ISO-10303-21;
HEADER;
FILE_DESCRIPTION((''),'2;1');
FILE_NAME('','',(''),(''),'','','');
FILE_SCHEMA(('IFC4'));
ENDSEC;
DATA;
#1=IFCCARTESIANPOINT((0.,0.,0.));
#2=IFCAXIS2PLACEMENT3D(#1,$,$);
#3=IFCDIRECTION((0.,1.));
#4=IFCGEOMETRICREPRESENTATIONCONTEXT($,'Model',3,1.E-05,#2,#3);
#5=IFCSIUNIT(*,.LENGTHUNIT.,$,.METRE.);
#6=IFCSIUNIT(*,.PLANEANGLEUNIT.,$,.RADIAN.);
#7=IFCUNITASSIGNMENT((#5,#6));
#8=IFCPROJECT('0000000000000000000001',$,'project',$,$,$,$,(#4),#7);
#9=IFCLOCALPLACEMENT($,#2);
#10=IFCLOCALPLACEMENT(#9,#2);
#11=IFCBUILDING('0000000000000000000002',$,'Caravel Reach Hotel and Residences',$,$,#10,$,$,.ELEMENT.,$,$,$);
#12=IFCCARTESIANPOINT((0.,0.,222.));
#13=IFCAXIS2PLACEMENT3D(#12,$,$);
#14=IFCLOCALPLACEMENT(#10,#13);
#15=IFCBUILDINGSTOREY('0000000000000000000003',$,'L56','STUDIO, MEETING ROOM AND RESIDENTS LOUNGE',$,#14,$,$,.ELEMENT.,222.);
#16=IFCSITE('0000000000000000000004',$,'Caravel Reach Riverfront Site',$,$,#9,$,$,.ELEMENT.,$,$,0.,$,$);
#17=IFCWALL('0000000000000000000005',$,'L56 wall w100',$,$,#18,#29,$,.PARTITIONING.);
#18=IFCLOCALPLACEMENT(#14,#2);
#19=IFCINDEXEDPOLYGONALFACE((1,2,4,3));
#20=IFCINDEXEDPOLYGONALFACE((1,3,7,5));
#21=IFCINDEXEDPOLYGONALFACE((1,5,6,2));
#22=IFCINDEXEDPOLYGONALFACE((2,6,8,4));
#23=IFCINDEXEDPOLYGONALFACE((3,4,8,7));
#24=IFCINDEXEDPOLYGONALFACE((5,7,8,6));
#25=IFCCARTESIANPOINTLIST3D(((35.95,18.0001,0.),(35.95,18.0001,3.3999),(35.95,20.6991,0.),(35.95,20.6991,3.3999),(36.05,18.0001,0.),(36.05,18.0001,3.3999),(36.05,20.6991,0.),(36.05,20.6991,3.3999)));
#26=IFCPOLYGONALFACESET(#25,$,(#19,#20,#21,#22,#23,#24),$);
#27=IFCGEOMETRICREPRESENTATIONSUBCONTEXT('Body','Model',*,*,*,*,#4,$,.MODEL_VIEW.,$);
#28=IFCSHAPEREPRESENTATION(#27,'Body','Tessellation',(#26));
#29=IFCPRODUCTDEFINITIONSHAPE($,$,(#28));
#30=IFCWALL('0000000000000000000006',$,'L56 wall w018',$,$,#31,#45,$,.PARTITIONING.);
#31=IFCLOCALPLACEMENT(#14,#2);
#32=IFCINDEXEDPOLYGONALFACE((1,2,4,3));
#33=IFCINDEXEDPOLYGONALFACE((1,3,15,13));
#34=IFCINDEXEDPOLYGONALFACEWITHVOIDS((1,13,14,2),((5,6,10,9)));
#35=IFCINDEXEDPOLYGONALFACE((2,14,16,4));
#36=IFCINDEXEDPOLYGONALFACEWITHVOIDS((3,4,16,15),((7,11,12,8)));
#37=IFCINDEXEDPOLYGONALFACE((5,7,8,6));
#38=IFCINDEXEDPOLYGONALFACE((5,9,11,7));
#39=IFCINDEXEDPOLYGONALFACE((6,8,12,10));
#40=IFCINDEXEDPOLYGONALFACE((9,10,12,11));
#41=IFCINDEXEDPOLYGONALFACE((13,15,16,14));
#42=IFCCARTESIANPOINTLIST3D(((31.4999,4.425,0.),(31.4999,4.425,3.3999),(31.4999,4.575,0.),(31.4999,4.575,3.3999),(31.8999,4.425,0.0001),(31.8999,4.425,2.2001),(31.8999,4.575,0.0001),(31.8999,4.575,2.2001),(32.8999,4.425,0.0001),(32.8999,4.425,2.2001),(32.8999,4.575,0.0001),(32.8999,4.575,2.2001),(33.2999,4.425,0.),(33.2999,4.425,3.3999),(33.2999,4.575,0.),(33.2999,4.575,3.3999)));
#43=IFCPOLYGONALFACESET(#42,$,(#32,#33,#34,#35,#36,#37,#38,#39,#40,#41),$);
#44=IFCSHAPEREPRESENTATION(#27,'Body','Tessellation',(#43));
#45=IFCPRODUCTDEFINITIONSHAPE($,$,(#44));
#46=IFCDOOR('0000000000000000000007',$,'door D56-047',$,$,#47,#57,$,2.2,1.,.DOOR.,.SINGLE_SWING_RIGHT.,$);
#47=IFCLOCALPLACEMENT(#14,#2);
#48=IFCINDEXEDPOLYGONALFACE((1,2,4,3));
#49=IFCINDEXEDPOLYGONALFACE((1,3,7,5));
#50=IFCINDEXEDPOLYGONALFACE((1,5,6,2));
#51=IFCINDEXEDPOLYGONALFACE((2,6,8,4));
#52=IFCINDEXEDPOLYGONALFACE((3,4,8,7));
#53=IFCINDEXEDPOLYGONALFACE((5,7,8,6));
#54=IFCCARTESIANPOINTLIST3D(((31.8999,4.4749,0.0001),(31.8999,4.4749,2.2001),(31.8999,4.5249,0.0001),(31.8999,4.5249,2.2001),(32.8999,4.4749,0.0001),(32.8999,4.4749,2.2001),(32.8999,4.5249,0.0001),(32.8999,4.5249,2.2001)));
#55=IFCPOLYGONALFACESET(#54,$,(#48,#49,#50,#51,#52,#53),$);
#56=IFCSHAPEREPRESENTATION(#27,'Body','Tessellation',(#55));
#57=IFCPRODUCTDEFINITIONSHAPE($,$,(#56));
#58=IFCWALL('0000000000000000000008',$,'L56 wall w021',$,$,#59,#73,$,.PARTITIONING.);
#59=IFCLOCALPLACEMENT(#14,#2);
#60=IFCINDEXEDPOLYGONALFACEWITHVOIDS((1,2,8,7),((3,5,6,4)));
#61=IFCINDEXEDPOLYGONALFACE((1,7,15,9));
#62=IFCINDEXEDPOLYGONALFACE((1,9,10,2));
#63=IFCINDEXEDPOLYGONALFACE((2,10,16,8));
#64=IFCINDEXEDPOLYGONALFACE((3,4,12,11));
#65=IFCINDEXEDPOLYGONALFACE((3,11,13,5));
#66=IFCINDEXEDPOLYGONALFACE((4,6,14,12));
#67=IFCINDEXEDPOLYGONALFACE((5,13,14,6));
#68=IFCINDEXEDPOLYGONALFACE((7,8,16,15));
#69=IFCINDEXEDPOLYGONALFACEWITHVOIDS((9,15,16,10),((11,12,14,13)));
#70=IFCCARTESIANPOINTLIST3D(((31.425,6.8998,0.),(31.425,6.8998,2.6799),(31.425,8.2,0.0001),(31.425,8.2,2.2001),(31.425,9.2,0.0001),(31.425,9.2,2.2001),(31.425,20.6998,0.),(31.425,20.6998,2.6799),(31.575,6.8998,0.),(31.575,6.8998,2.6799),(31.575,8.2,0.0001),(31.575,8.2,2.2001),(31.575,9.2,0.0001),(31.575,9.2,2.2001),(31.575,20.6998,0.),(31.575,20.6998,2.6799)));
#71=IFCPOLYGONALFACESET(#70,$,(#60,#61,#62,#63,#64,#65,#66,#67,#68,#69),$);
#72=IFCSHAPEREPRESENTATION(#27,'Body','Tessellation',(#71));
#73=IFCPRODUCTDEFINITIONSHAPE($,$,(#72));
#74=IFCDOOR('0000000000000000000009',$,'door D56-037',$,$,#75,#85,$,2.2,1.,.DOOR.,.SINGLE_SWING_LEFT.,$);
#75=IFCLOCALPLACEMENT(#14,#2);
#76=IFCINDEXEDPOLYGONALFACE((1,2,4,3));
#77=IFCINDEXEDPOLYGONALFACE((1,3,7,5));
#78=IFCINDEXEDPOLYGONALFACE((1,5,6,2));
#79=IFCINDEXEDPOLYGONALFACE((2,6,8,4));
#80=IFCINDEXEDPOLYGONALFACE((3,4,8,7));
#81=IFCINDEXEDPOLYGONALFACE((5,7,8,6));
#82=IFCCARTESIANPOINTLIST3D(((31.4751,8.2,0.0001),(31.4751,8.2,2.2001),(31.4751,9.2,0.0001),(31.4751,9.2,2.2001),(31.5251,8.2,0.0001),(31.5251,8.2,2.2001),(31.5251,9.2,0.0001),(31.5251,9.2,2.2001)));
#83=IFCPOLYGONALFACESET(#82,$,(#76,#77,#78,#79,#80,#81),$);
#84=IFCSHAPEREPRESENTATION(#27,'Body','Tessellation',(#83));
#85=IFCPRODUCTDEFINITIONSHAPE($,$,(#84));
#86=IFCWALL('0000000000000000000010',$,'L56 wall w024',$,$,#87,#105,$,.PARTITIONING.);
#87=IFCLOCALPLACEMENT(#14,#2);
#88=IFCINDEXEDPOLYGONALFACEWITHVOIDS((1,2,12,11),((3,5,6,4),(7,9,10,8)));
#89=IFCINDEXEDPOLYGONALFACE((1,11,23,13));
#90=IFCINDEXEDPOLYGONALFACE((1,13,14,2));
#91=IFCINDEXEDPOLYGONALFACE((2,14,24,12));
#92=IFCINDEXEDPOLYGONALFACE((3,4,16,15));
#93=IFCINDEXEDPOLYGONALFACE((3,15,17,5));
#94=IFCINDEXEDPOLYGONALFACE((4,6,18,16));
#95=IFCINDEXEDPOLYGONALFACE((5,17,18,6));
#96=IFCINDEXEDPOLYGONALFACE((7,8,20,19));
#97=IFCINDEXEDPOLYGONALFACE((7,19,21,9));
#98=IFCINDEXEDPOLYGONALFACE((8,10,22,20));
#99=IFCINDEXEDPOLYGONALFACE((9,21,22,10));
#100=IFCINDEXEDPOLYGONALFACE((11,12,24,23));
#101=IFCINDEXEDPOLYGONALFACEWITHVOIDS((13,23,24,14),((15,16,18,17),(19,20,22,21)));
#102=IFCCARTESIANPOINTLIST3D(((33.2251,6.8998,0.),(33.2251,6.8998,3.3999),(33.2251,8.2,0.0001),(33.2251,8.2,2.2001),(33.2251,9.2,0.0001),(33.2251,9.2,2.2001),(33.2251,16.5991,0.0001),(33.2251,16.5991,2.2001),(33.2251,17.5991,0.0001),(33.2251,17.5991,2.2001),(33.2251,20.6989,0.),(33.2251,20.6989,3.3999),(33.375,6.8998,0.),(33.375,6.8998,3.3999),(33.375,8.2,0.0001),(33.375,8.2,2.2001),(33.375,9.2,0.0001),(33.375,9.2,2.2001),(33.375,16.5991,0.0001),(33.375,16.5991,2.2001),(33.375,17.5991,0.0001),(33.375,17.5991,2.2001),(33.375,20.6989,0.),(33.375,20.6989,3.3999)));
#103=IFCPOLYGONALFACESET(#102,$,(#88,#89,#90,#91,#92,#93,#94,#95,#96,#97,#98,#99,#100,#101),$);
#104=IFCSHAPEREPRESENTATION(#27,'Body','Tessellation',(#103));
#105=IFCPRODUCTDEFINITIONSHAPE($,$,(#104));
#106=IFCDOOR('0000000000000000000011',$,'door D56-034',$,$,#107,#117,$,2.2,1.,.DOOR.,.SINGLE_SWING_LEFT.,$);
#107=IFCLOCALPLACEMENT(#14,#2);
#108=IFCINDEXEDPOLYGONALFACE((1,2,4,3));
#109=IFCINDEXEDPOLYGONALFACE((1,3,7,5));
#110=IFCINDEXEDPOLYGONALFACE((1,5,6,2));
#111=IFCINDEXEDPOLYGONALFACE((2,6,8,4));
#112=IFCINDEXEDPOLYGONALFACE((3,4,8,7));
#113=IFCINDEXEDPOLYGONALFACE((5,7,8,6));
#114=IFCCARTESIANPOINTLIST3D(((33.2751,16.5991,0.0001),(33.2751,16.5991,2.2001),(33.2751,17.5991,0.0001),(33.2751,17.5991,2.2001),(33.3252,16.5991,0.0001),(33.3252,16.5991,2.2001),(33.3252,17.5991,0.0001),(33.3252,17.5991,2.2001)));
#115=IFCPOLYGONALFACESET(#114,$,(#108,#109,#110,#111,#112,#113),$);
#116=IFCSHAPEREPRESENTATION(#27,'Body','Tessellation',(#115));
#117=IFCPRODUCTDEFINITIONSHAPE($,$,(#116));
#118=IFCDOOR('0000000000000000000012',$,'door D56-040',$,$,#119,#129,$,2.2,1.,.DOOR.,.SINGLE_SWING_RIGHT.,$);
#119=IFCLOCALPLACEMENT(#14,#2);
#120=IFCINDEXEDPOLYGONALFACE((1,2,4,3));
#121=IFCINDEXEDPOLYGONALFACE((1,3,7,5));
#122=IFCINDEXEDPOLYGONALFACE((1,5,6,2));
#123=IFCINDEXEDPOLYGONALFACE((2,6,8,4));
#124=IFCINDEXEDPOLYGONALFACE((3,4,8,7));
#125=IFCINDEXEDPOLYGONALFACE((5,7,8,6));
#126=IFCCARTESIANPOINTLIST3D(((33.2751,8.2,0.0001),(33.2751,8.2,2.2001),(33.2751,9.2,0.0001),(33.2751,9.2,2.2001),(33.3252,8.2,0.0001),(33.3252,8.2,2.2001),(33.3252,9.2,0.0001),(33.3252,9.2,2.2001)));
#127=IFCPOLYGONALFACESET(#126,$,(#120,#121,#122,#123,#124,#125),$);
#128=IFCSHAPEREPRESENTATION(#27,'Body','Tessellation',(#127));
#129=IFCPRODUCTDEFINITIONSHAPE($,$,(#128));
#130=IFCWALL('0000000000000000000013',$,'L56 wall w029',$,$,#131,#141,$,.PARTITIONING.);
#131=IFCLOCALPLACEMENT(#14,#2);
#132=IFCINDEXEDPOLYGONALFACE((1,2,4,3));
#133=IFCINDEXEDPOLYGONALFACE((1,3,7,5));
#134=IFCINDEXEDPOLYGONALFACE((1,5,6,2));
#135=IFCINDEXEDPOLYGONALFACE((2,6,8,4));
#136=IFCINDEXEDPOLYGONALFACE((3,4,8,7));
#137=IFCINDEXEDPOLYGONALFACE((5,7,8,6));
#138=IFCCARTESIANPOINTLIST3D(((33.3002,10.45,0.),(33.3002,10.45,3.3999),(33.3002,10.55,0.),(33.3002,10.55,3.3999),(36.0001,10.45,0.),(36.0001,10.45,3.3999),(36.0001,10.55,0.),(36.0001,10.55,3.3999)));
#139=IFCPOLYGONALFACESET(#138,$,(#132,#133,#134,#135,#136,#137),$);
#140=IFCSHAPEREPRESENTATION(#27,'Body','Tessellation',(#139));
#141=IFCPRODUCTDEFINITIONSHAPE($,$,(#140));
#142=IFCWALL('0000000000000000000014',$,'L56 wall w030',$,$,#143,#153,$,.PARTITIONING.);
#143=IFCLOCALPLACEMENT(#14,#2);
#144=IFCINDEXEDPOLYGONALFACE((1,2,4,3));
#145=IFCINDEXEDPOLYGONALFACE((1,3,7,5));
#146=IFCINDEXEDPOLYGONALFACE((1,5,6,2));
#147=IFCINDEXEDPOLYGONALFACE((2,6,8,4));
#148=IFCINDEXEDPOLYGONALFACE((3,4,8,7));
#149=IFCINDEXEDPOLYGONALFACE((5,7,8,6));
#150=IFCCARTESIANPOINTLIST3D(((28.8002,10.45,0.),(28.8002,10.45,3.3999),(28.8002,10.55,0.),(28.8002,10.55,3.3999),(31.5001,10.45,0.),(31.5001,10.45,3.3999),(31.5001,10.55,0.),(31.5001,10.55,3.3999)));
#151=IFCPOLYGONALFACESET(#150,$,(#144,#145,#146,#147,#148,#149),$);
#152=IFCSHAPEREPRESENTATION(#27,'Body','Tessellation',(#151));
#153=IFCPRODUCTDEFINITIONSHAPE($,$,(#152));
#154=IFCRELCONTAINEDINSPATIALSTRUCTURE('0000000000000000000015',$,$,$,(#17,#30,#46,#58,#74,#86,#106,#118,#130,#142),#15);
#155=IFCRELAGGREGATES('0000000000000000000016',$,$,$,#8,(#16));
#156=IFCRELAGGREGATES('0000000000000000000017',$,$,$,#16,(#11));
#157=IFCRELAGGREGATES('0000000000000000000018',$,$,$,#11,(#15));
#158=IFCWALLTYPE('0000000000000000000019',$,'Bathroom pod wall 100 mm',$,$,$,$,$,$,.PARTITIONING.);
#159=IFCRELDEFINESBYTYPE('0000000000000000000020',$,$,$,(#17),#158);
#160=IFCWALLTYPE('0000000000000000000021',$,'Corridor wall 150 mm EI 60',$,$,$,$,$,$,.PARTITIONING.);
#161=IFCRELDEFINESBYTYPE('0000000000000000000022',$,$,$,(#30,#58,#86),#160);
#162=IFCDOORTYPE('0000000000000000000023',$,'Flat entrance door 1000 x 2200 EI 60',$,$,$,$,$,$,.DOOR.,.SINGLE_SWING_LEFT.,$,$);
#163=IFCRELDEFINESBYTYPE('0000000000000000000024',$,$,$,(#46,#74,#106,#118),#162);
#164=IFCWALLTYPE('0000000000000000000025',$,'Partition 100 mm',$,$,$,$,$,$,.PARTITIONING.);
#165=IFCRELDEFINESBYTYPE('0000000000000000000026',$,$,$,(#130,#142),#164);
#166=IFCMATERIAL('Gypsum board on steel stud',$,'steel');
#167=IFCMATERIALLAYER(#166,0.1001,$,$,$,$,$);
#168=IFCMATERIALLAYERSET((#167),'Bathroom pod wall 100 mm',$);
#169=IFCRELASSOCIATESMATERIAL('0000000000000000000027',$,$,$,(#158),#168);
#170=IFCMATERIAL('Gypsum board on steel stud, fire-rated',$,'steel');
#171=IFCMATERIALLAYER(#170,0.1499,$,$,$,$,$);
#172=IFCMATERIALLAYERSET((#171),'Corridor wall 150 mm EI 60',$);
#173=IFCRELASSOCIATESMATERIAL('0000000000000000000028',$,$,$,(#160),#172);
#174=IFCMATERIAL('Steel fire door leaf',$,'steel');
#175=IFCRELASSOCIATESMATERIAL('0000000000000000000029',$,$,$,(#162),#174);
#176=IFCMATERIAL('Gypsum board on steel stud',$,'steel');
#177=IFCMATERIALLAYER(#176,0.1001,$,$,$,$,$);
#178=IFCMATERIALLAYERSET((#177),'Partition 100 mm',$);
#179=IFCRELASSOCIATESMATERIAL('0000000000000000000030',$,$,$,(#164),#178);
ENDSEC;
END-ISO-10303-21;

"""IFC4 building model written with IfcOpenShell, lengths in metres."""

from ifc_helpers import new_model, si_unit, direction, frame, frame_2d, origin, place, context, subcontext, project, spatial, rectangle, extrude, material, layer, layer_set, type_object, element, fill, save


model = new_model("IFC4")

# Units and contexts
model_context = context("Model", 3, precision=1e-05, world=origin(), true_north=direction((0.0, 1.0)))
body_context = subcontext(model_context, "Body", "Model", "MODEL_VIEW")
ifc_project = project(units=[si_unit("LENGTHUNIT", "METRE"), si_unit("PLANEANGLEUNIT", "RADIAN")], contexts=[model_context])

# Site, building, storey
site_placement = place(None, origin())
site = spatial("IfcSite", under=ifc_project, at=site_placement, Name="Caravel Reach Riverfront Site", CompositionType="ELEMENT", RefElevation=0.0)
building_placement = place(site_placement, origin())
building = spatial("IfcBuilding", under=site, at=building_placement, Name="Caravel Reach Hotel and Residences", CompositionType="ELEMENT")
storey_placement = place(building_placement, frame((0.0, 0.0, 222.0)))
storey = spatial("IfcBuildingStorey", under=building, at=storey_placement, Name="L56", Description="STUDIO, MEETING ROOM AND RESIDENTS LOUNGE", CompositionType="ELEMENT", Elevation=222.0)

# Shared definitions
ifc_material_1 = material(Name="Gypsum board on steel stud", Category="steel")
ifc_layer_1 = layer(ifc_material_1, 0.1001)
ifc_layer_set_1 = layer_set([ifc_layer_1], Name="Bathroom pod wall 100 mm")
wall_type_1 = type_object("IfcWallType", Name="Bathroom pod wall 100 mm", PredefinedType="PARTITIONING", material=ifc_layer_set_1)

# Wall
wall_1_placement = place(storey_placement, frame((36.0, 18.0, 0.0), z_axis=(0.0, 0.0, 1.0), x_axis=(0.0, 1.0, 0.0)))
element("IfcWall", 1, at=wall_1_placement, inside=storey, type_object=wall_type_1, Name="L56 wall w100", PredefinedType="PARTITIONING", context=body_context, shape_type="SweptSolid", body=[
    extrude(rectangle(XDim=2.699, YDim=0.1001, at=frame_2d((1.3496, 0.0))), origin(), (0.0, 0.0, 1.0), 3.3999),
])

# Walls, openings, doors
ifc_material_2 = material(Name="Gypsum board on steel stud, fire-rated", Category="steel")
ifc_layer_2 = layer(ifc_material_2, 0.1499)
ifc_layer_set_2 = layer_set([ifc_layer_2], Name="Corridor wall 150 mm EI 60")
wall_type_2 = type_object("IfcWallType", Name="Corridor wall 150 mm EI 60", PredefinedType="PARTITIONING", material=ifc_layer_set_2)
wall_2_placement = place(storey_placement, frame((31.5, 4.5, 0.0), z_axis=(0.0, 0.0, 1.0), x_axis=(1.0, 0.0, 0.0)))
wall_2 = element("IfcWall", 2, at=wall_2_placement, inside=storey, type_object=wall_type_2, Name="L56 wall w018", PredefinedType="PARTITIONING", context=body_context, shape_type="SweptSolid", body=[
    extrude(rectangle(XDim=1.8, YDim=0.1499, at=frame_2d((0.8999, 0.0))), origin(), (0.0, 0.0, 1.0), 3.3999),
])
opening_1_placement = place(wall_2_placement, frame((0.3999, 0.0, 0.0)))
opening_1 = element("IfcOpeningElement", 3, at=opening_1_placement, cuts=wall_2, PredefinedType="OPENING", context=body_context, shape_type="SweptSolid", body=[
    extrude(rectangle(XDim=1.0, YDim=2.2, at=frame_2d((0.5, 1.1001))), frame((0.0, 0.085, 0.0), z_axis=(0.0, -1.0, 0.0), x_axis=(1.0, 0.0, 0.0)), (0.0, 0.0, 1.0), 0.1699),
])
ifc_material_3 = material(Name="Steel fire door leaf", Category="steel")
door_type_1 = type_object("IfcDoorType", Name="Flat entrance door 1000 x 2200 EI 60", OperationType="SINGLE_SWING_LEFT", PredefinedType="DOOR", material=ifc_material_3)
door_1_placement = place(opening_1_placement, origin())
door_1 = element("IfcDoor", 4, at=door_1_placement, inside=storey, type_object=door_type_1, Name="door D56-047", OperationType="SINGLE_SWING_RIGHT", OverallHeight=2.2, OverallWidth=1.0, PredefinedType="DOOR", context=body_context, shape_type="SweptSolid", body=[
    extrude(rectangle(XDim=1.0, YDim=2.2, at=frame_2d((0.5, 1.1001))), frame((0.0, 0.0249, 0.0), z_axis=(0.0, -1.0, 0.0), x_axis=(1.0, 0.0, 0.0)), (0.0, 0.0, 1.0), 0.05),
])
fill(opening_1, door_1)
wall_3_placement = place(storey_placement, frame((31.5, 6.8999, 0.0), z_axis=(0.0, 0.0, 1.0), x_axis=(0.0, 1.0, 0.0)))
wall_3 = element("IfcWall", 5, at=wall_3_placement, inside=storey, type_object=wall_type_2, Name="L56 wall w021", PredefinedType="PARTITIONING", context=body_context, shape_type="SweptSolid", body=[
    extrude(rectangle(XDim=13.8, YDim=0.1499, at=frame_2d((6.8999, 0.0))), origin(), (0.0, 0.0, 1.0), 2.6799),
])
opening_2_placement = place(wall_3_placement, frame((1.3, 0.0, 0.0)))
opening_2 = element("IfcOpeningElement", 6, at=opening_2_placement, cuts=wall_3, PredefinedType="OPENING", context=body_context, shape_type="SweptSolid", body=[
    extrude(rectangle(XDim=1.0, YDim=2.2, at=frame_2d((0.5, 1.1001))), frame((0.0, 0.085, 0.0), z_axis=(0.0, -1.0, 0.0), x_axis=(1.0, 0.0, 0.0)), (0.0, 0.0, 1.0), 0.1699),
])
door_2_placement = place(opening_2_placement, origin())
door_2 = element("IfcDoor", 7, at=door_2_placement, inside=storey, type_object=door_type_1, Name="door D56-037", OperationType="SINGLE_SWING_LEFT", OverallHeight=2.2, OverallWidth=1.0, PredefinedType="DOOR", context=body_context, shape_type="SweptSolid", body=[
    extrude(rectangle(XDim=1.0, YDim=2.2, at=frame_2d((0.5, 1.1001))), frame((0.0, 0.0249, 0.0), z_axis=(0.0, -1.0, 0.0), x_axis=(1.0, 0.0, 0.0)), (0.0, 0.0, 1.0), 0.05),
])
fill(opening_2, door_2)

# Wall, openings, doors
wall_4_placement = place(storey_placement, frame((33.3, 6.8999, 0.0), z_axis=(0.0, 0.0, 1.0), x_axis=(0.0, 1.0, 0.0)))
wall_4 = element("IfcWall", 8, at=wall_4_placement, inside=storey, type_object=wall_type_2, Name="L56 wall w024", PredefinedType="PARTITIONING", context=body_context, shape_type="SweptSolid", body=[
    extrude(rectangle(XDim=13.7991, YDim=0.1499, at=frame_2d((6.8994, 0.0))), origin(), (0.0, 0.0, 1.0), 3.3999),
])
opening_3_placement = place(wall_4_placement, frame((9.6992, 0.0, 0.0)))
opening_3 = element("IfcOpeningElement", 9, at=opening_3_placement, cuts=wall_4, PredefinedType="OPENING", context=body_context, shape_type="SweptSolid", body=[
    extrude(rectangle(XDim=1.0, YDim=2.2, at=frame_2d((0.5, 1.1001))), frame((0.0, 0.085, 0.0), z_axis=(0.0, -1.0, 0.0), x_axis=(1.0, 0.0, 0.0)), (0.0, 0.0, 1.0), 0.1699),
])
opening_4_placement = place(wall_4_placement, frame((1.3, 0.0, 0.0)))
opening_4 = element("IfcOpeningElement", 10, at=opening_4_placement, cuts=wall_4, PredefinedType="OPENING", context=body_context, shape_type="SweptSolid", body=[
    extrude(rectangle(XDim=1.0, YDim=2.2, at=frame_2d((0.5, 1.1001))), frame((0.0, 0.085, 0.0), z_axis=(0.0, -1.0, 0.0), x_axis=(1.0, 0.0, 0.0)), (0.0, 0.0, 1.0), 0.1699),
])
door_3_placement = place(opening_3_placement, origin())
door_3 = element("IfcDoor", 11, at=door_3_placement, inside=storey, type_object=door_type_1, Name="door D56-034", OperationType="SINGLE_SWING_LEFT", OverallHeight=2.2, OverallWidth=1.0, PredefinedType="DOOR", context=body_context, shape_type="SweptSolid", body=[
    extrude(rectangle(XDim=1.0, YDim=2.2, at=frame_2d((0.5, 1.1001))), frame((0.0, 0.0249, 0.0), z_axis=(0.0, -1.0, 0.0), x_axis=(1.0, 0.0, 0.0)), (0.0, 0.0, 1.0), 0.05),
])
fill(opening_3, door_3)
door_4_placement = place(opening_4_placement, origin())
door_4 = element("IfcDoor", 12, at=door_4_placement, inside=storey, type_object=door_type_1, Name="door D56-040", OperationType="SINGLE_SWING_RIGHT", OverallHeight=2.2, OverallWidth=1.0, PredefinedType="DOOR", context=body_context, shape_type="SweptSolid", body=[
    extrude(rectangle(XDim=1.0, YDim=2.2, at=frame_2d((0.5, 1.1001))), frame((0.0, 0.0249, 0.0), z_axis=(0.0, -1.0, 0.0), x_axis=(1.0, 0.0, 0.0)), (0.0, 0.0, 1.0), 0.05),
])
fill(opening_4, door_4)

# Walls
ifc_material_4 = material(Name="Gypsum board on steel stud", Category="steel")
ifc_layer_3 = layer(ifc_material_4, 0.1001)
ifc_layer_set_3 = layer_set([ifc_layer_3], Name="Partition 100 mm")
wall_type_3 = type_object("IfcWallType", Name="Partition 100 mm", PredefinedType="PARTITIONING", material=ifc_layer_set_3)
for number, where, z_axis, x_axis, name in (
    (13, (33.3, 10.5, 0.0), (0.0, 0.0, 1.0), (1.0, 0.0, 0.0), "L56 wall w029"),
    (14, (28.8, 10.5, 0.0), (0.0, 0.0, 1.0), (1.0, 0.0, 0.0), "L56 wall w030"),
):
    element("IfcWall", number, at=place(storey_placement, frame(where, z_axis=z_axis, x_axis=x_axis)), inside=storey, type_object=wall_type_3, Name=name, PredefinedType="PARTITIONING", context=body_context, shape_type="SweptSolid", body=[
        extrude(rectangle(XDim=2.7, YDim=0.1001, at=frame_2d((1.3501, 0.0))), origin(), (0.0, 0.0, 1.0), 3.3999),
    ])

save(model, "model.ifc")
